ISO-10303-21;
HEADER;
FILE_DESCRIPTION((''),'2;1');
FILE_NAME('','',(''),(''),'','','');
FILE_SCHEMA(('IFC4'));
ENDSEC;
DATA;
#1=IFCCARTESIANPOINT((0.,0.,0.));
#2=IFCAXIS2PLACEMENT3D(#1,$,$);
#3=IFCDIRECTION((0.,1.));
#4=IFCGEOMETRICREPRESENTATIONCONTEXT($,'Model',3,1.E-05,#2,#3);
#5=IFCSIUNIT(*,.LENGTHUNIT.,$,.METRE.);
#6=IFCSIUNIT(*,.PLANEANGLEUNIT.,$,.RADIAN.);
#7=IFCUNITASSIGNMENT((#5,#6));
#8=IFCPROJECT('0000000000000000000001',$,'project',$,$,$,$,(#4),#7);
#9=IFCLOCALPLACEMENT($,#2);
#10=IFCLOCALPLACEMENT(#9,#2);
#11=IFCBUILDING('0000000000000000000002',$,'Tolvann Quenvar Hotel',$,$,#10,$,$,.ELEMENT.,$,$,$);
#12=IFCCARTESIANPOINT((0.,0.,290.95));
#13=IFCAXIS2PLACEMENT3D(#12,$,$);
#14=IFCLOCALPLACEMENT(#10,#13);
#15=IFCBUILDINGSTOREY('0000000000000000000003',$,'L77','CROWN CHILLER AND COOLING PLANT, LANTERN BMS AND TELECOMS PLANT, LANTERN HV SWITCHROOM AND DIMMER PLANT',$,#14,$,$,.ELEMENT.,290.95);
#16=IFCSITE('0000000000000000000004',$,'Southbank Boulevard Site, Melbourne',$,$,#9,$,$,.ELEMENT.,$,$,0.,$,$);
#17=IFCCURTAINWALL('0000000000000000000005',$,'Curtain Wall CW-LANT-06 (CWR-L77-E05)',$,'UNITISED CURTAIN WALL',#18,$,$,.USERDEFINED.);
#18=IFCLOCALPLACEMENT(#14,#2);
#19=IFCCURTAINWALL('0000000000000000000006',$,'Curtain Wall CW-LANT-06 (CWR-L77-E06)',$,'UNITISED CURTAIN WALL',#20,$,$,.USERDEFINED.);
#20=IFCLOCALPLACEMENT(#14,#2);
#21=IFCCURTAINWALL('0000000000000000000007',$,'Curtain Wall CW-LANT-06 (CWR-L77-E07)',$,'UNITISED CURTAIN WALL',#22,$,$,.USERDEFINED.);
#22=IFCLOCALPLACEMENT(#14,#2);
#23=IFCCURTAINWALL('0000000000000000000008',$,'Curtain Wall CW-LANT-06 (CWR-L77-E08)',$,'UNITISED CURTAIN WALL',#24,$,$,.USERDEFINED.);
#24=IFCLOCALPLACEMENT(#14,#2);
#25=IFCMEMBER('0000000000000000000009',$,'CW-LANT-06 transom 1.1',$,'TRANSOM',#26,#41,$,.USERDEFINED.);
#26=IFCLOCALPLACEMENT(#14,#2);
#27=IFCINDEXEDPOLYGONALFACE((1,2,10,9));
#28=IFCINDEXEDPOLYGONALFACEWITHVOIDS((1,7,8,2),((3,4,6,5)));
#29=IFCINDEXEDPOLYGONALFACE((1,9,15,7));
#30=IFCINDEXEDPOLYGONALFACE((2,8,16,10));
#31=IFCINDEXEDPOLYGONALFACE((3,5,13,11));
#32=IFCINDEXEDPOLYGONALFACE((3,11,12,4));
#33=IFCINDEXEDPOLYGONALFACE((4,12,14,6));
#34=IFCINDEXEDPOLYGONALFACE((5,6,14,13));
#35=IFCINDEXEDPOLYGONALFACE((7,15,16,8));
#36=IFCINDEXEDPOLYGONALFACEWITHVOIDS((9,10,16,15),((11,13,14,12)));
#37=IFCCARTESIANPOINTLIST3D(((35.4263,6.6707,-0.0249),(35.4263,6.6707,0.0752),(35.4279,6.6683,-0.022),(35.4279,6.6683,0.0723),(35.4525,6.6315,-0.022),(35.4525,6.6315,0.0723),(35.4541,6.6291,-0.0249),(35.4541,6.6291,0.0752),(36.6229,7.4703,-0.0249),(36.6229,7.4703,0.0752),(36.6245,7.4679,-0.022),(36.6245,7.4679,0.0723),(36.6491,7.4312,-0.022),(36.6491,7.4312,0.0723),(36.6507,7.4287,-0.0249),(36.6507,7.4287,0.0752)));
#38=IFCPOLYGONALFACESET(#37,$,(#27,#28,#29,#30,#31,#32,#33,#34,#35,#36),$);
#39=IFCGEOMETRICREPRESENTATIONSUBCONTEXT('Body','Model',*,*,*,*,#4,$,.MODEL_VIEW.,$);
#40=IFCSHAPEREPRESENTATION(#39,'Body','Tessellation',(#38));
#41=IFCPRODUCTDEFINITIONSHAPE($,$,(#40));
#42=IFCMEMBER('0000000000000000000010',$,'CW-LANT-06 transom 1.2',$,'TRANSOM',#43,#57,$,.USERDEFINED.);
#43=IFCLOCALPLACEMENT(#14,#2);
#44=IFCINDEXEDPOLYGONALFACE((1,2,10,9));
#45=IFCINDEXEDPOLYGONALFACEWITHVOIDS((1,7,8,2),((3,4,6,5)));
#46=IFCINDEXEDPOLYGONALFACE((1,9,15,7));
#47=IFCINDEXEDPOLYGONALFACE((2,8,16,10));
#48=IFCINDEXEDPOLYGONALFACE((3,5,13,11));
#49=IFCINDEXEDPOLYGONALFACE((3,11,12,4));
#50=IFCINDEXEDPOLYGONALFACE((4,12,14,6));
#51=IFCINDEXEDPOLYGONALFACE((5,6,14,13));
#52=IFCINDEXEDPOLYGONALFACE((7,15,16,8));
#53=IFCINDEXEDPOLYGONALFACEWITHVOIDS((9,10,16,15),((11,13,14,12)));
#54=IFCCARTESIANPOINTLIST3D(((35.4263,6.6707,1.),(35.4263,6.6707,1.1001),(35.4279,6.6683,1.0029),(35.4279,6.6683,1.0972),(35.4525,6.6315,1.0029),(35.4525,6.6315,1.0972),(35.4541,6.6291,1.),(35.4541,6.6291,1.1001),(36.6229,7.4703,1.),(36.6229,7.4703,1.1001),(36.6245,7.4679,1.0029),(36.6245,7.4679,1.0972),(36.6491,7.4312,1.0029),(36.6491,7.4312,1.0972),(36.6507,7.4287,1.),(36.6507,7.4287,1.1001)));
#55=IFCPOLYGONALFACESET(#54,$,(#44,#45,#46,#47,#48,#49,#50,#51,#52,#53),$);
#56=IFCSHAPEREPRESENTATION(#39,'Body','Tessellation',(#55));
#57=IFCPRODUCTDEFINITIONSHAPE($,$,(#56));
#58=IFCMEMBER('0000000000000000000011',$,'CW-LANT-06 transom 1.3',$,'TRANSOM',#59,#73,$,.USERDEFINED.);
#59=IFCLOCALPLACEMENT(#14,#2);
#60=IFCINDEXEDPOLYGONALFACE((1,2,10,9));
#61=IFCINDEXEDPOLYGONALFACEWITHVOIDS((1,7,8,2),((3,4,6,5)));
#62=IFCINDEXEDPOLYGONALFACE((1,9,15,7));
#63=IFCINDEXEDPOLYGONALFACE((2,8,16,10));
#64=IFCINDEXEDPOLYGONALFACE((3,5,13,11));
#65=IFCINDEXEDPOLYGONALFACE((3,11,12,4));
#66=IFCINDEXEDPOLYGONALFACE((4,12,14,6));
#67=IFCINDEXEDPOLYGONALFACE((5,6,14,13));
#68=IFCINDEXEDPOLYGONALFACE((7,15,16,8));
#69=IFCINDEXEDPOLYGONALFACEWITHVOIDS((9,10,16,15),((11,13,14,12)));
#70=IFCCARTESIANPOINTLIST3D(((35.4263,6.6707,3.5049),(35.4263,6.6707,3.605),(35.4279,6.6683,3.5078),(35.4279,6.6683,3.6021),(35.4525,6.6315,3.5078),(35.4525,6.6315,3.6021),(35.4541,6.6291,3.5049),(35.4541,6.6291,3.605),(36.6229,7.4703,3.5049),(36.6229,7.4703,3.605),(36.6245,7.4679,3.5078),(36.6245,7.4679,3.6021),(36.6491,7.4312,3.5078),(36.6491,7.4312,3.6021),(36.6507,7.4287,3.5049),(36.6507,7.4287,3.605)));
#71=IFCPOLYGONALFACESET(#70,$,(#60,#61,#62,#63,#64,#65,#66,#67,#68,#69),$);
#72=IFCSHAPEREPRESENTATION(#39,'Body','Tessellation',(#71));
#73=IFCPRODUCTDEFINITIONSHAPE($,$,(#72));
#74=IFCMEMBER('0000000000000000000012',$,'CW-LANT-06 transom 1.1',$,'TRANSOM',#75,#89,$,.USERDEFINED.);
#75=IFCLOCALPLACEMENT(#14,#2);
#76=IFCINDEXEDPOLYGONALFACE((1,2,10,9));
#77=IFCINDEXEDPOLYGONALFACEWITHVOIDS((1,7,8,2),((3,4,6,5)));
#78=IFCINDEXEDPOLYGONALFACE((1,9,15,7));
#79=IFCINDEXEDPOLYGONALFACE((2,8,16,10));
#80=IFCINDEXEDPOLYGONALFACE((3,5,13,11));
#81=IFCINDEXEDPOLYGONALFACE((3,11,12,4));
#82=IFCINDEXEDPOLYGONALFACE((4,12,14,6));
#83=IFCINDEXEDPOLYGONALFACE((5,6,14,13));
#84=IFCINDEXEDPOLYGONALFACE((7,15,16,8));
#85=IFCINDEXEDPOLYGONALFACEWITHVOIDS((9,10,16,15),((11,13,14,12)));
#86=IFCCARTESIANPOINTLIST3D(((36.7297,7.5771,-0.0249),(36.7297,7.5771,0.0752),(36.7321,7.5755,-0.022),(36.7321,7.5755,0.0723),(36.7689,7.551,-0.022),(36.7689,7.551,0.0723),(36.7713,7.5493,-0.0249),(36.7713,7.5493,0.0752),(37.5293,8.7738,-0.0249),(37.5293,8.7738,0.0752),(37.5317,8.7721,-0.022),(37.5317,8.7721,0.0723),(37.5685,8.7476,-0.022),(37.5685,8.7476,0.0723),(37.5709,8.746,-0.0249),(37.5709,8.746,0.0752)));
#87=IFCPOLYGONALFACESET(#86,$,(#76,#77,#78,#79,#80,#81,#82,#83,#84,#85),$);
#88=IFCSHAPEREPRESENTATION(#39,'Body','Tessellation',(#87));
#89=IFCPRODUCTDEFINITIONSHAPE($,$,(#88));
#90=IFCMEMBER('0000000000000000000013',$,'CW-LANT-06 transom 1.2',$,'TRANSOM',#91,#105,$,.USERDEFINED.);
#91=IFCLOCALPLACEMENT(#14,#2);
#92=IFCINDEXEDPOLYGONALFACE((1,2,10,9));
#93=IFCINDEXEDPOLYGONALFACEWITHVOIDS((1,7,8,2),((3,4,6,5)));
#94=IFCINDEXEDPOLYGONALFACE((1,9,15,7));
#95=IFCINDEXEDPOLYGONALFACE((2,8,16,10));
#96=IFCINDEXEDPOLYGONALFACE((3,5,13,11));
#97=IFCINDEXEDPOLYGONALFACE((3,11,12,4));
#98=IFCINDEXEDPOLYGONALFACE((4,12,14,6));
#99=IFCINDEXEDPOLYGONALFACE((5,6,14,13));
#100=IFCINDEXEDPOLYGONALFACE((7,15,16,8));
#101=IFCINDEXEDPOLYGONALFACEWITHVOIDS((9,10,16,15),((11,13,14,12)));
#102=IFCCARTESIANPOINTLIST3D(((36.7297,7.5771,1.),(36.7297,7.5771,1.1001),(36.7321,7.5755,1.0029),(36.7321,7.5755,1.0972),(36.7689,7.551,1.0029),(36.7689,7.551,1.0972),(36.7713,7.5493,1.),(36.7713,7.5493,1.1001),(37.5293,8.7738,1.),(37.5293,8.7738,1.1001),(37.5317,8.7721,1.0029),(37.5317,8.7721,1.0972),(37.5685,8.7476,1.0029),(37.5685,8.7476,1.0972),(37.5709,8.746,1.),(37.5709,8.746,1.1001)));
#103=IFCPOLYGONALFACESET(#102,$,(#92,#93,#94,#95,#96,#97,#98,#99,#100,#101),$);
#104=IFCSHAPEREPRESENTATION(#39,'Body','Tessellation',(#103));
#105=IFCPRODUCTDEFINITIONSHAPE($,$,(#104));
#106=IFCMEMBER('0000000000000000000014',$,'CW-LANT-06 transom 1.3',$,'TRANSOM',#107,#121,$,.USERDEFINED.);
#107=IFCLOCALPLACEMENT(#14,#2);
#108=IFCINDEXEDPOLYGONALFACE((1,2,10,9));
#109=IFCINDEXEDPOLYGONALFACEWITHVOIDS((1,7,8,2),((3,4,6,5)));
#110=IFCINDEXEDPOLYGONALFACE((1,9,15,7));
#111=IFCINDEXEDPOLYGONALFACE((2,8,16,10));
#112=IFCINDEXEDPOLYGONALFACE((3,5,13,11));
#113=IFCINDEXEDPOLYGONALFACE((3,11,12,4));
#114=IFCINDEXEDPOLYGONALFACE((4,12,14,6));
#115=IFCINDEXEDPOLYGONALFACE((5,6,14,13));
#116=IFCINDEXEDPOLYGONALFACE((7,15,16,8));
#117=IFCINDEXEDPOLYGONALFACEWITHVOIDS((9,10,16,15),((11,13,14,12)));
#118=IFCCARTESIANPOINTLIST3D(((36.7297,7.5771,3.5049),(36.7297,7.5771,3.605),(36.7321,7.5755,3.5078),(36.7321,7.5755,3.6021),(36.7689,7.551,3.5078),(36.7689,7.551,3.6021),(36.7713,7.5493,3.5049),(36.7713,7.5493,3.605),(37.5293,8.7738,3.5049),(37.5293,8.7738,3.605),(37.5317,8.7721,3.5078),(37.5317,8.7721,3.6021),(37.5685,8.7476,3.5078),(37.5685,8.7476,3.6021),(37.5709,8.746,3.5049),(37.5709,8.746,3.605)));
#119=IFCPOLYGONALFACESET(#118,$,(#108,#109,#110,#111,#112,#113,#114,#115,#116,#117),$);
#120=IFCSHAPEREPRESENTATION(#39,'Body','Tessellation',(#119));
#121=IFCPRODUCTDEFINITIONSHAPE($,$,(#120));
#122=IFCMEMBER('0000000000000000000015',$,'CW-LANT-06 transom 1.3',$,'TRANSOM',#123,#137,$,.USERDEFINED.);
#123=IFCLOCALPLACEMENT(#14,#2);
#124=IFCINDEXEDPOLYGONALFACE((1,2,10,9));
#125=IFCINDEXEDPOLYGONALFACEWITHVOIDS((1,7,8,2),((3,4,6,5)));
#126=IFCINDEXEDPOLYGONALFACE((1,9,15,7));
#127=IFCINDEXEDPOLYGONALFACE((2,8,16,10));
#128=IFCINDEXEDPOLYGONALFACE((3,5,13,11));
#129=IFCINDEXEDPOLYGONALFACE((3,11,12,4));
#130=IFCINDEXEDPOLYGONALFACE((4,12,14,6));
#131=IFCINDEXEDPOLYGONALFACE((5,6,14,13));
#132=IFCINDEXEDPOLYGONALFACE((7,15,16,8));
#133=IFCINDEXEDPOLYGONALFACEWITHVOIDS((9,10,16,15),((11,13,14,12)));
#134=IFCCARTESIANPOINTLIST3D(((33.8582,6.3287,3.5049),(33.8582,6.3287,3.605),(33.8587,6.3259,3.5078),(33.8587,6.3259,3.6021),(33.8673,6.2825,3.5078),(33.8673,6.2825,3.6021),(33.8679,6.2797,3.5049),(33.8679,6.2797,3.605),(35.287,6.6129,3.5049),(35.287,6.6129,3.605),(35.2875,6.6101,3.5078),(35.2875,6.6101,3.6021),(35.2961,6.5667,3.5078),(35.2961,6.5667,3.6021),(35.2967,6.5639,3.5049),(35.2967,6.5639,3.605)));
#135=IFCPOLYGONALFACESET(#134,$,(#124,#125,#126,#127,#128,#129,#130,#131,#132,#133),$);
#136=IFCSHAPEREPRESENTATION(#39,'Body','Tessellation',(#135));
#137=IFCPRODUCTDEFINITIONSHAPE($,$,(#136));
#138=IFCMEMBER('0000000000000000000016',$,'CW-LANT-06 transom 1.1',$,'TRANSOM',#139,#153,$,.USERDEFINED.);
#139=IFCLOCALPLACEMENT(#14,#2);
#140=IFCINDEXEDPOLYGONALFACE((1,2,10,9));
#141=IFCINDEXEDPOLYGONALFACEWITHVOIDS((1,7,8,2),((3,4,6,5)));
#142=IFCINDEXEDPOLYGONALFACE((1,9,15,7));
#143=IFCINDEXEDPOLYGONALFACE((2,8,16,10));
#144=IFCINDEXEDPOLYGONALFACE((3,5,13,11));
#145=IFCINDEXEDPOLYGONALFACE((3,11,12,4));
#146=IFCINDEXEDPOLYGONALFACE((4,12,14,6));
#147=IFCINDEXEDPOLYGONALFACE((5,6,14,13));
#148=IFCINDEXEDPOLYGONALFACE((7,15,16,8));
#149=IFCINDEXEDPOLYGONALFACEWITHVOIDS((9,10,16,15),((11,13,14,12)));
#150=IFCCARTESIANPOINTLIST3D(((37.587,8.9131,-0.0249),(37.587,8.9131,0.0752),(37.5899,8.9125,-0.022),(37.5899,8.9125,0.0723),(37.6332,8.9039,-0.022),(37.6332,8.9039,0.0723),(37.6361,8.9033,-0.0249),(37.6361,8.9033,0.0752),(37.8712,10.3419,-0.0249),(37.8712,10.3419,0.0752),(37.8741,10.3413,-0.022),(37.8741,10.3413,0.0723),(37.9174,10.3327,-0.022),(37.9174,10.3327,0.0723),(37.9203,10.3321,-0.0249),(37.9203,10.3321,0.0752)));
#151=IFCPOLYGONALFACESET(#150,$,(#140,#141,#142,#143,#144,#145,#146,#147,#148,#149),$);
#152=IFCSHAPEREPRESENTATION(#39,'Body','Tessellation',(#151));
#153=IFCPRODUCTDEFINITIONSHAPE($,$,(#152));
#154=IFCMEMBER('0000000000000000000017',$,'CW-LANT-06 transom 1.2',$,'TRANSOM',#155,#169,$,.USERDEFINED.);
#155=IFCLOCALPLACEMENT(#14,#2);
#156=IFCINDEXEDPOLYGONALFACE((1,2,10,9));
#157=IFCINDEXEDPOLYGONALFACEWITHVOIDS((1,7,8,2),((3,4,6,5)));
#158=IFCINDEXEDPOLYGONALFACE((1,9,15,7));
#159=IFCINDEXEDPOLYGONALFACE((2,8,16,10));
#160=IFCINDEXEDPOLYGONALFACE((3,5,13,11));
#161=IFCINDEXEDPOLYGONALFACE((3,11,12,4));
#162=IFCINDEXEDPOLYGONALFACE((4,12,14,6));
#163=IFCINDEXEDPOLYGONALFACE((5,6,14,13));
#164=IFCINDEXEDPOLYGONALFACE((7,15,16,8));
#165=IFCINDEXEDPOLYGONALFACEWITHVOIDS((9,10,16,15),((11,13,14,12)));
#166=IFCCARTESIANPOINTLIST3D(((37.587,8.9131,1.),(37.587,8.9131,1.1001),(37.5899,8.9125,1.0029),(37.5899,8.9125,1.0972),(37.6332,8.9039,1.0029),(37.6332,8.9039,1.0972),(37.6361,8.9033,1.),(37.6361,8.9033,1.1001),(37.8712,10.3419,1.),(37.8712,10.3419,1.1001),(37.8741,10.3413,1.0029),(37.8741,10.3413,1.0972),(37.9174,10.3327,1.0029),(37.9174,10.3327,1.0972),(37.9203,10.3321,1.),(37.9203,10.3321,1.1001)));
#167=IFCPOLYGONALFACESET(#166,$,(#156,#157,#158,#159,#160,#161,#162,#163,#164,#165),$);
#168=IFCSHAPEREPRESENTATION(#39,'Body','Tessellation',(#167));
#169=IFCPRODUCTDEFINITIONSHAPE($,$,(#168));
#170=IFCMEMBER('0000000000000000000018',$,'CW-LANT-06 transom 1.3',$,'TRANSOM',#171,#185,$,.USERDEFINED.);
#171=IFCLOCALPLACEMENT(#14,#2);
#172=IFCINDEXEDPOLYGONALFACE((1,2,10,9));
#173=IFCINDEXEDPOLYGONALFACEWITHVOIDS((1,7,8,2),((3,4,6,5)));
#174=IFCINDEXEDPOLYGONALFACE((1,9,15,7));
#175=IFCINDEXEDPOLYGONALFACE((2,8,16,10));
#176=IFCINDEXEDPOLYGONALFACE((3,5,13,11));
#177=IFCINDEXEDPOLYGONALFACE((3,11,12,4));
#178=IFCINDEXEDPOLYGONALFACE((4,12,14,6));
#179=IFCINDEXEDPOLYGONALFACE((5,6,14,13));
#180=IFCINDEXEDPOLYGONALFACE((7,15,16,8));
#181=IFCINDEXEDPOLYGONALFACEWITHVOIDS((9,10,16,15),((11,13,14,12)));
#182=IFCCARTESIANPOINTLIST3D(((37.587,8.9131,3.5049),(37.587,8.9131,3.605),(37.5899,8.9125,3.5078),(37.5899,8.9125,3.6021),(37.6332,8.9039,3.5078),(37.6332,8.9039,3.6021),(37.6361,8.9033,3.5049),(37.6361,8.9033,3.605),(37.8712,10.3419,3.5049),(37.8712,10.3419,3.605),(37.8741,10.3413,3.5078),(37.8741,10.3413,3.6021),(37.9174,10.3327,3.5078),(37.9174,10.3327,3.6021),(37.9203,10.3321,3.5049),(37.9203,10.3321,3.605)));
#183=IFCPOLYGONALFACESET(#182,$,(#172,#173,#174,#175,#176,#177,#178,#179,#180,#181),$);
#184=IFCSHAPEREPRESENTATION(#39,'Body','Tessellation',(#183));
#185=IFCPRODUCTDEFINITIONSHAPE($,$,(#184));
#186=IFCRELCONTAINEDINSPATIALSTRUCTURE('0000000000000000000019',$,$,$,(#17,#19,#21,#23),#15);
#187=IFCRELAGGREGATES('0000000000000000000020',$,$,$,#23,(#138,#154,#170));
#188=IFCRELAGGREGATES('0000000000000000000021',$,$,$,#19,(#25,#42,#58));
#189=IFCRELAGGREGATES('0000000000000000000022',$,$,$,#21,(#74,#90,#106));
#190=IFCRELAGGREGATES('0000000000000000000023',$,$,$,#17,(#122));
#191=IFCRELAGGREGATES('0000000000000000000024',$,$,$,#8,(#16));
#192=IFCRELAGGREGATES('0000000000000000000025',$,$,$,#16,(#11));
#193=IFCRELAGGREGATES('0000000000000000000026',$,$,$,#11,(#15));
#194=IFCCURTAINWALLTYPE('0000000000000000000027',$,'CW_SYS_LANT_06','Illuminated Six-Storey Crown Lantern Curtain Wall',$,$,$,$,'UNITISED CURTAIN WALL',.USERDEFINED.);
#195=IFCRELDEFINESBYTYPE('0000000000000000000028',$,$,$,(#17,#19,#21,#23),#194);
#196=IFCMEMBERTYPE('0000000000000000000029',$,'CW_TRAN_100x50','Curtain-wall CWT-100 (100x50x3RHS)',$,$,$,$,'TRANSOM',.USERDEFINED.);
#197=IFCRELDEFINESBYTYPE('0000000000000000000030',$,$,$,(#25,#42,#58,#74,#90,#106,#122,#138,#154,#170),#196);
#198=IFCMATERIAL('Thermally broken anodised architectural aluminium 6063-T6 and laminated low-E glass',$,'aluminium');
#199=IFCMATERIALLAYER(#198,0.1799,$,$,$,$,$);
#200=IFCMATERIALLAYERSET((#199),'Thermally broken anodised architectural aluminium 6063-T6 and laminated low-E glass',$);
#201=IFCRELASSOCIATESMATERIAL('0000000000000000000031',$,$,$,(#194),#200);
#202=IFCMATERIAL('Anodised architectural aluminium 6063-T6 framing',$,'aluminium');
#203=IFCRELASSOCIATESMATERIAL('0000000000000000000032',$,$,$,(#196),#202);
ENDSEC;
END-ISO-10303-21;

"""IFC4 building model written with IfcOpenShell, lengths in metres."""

from ifc_helpers import new_model, si_unit, direction, frame, origin, origin_2d, place, context, subcontext, project, spatial, hollow_rectangle, extrude, source, transform, mapped, material, layer, layer_set, material_profile, profile_set, type_object, type_shapes, element, aggregate, save


model = new_model("IFC4")

# Units and contexts
model_context = context("Model", 3, precision=1e-05, world=origin(), true_north=direction((0.0, 1.0)))
body_context = subcontext(model_context, "Body", "Model", "MODEL_VIEW")
ifc_project = project(units=[si_unit("LENGTHUNIT", "METRE"), si_unit("PLANEANGLEUNIT", "RADIAN")], contexts=[model_context])

# Site, building, storey
site_placement = place(None, origin())
site = spatial("IfcSite", under=ifc_project, at=site_placement, Name="Southbank Boulevard Site, Melbourne", CompositionType="ELEMENT", RefElevation=0.0)
building_placement = place(site_placement, origin())
building = spatial("IfcBuilding", under=site, at=building_placement, Name="Tolvann Quenvar Hotel", CompositionType="ELEMENT")
storey_placement = place(building_placement, frame((0.0, 0.0, 290.95)))
storey = spatial("IfcBuildingStorey", under=building, at=storey_placement, Name="L77", Description="CROWN CHILLER AND COOLING PLANT, LANTERN BMS AND TELECOMS PLANT, LANTERN HV SWITCHROOM AND DIMMER PLANT", CompositionType="ELEMENT", Elevation=290.95)

# Curtain wall
ifc_material_1 = material(Name="Thermally broken anodised architectural aluminium 6063-T6 and laminated low-E glass", Category="aluminium")
ifc_layer_1 = layer(ifc_material_1, 0.1799)
ifc_layer_set_1 = layer_set([ifc_layer_1], Name="Thermally broken anodised architectural aluminium 6063-T6 and laminated low-E glass")
curtain_wall_type = type_object("IfcCurtainWallType", Name="CW_SYS_LANT_06", Description="Illuminated Six-Storey Crown Lantern Curtain Wall", ElementType="UNITISED CURTAIN WALL", PredefinedType="USERDEFINED", material=ifc_layer_set_1)
curtain_wall_1_placement = place(storey_placement, origin())
curtain_wall_1 = element("IfcCurtainWall", 1, at=curtain_wall_1_placement, inside=storey, type_object=curtain_wall_type, Name="Curtain Wall CW-LANT-06 (CWR-L77-E05)", ObjectType="UNITISED CURTAIN WALL", PredefinedType="USERDEFINED")
ifc_material_2 = material(Name="Anodised architectural aluminium 6063-T6 framing", Category="aluminium")

# Curtain walls
curtain_wall_2_placement = place(storey_placement, origin())
curtain_wall_2 = element("IfcCurtainWall", 2, at=curtain_wall_2_placement, inside=storey, type_object=curtain_wall_type, Name="Curtain Wall CW-LANT-06 (CWR-L77-E06)", ObjectType="UNITISED CURTAIN WALL", PredefinedType="USERDEFINED")
curtain_wall_3_placement = place(storey_placement, origin())
curtain_wall_3 = element("IfcCurtainWall", 3, at=curtain_wall_3_placement, inside=storey, type_object=curtain_wall_type, Name="Curtain Wall CW-LANT-06 (CWR-L77-E07)", ObjectType="UNITISED CURTAIN WALL", PredefinedType="USERDEFINED")

# Curtain wall
curtain_wall_4_placement = place(storey_placement, origin())
curtain_wall_4 = element("IfcCurtainWall", 4, at=curtain_wall_4_placement, inside=storey, type_object=curtain_wall_type, Name="Curtain Wall CW-LANT-06 (CWR-L77-E08)", ObjectType="UNITISED CURTAIN WALL", PredefinedType="USERDEFINED")

# Members
ifc_material_profile_1 = material_profile(ifc_material_2, hollow_rectangle(XDim=0.05, YDim=0.1001, WallThickness=0.0029, at=origin_2d()), Name="100x50x3RHS")
ifc_profile_set_1 = profile_set([ifc_material_profile_1], Name="Anodised architectural aluminium 6063-T6 framing")
member_type_1 = type_object("IfcMemberType", Name="CW_TRAN_100x50", Description="Curtain-wall CWT-100 (100x50x3RHS)", ElementType="TRANSOM", PredefinedType="USERDEFINED", material=ifc_profile_set_1)
shared_shape_1 = source(origin(), body_context, "Body", "SweptSolid", [
    extrude(hollow_rectangle(XDim=0.05, YDim=0.1001, WallThickness=0.0029, at=origin_2d()), origin(), (0.0, 0.0, 1.0), 1.4392),
])
member_1_placement = place(storey_placement, frame((35.4402, 6.6499, 0.0251), z_axis=(0.83145, 0.5556, 0.0), x_axis=(-0.5556, 0.83145, 0.0)))
member_1 = element("IfcMember", 5, at=member_1_placement, type_object=member_type_1, Name="CW-LANT-06 transom 1.1", ObjectType="TRANSOM", PredefinedType="USERDEFINED", context=body_context, shape_type="MappedRepresentation", body=[
    mapped(shared_shape_1, transform((0.0, 0.0, 0.0), x_axis=(1.0, 0.0, 0.0), y_axis=(0.0, 1.0, 0.0), z_axis=(0.0, 0.0, 1.0), scale=1.0)),
])
member_2_placement = place(storey_placement, frame((35.4402, 6.6499, 1.05), z_axis=(0.83145, 0.5556, 0.0), x_axis=(-0.5556, 0.83145, 0.0)))
member_2 = element("IfcMember", 6, at=member_2_placement, type_object=member_type_1, Name="CW-LANT-06 transom 1.2", ObjectType="TRANSOM", PredefinedType="USERDEFINED", context=body_context, shape_type="MappedRepresentation", body=[
    mapped(shared_shape_1, transform((0.0, 0.0, 0.0), x_axis=(1.0, 0.0, 0.0), y_axis=(0.0, 1.0, 0.0), z_axis=(0.0, 0.0, 1.0), scale=1.0)),
])
member_3_placement = place(storey_placement, frame((35.4402, 6.6499, 3.5549), z_axis=(0.83145, 0.5556, 0.0), x_axis=(-0.5556, 0.83145, 0.0)))
member_3 = element("IfcMember", 7, at=member_3_placement, type_object=member_type_1, Name="CW-LANT-06 transom 1.3", ObjectType="TRANSOM", PredefinedType="USERDEFINED", context=body_context, shape_type="MappedRepresentation", body=[
    mapped(shared_shape_1, transform((0.0, 0.0, 0.0), x_axis=(1.0, 0.0, 0.0), y_axis=(0.0, 1.0, 0.0), z_axis=(0.0, 0.0, 1.0), scale=1.0)),
])
member_4_placement = place(storey_placement, frame((36.7505, 7.5632, 0.0251), z_axis=(0.5556, 0.83145, 0.0), x_axis=(-0.83145, 0.5556, 0.0)))
member_4 = element("IfcMember", 8, at=member_4_placement, type_object=member_type_1, Name="CW-LANT-06 transom 1.1", ObjectType="TRANSOM", PredefinedType="USERDEFINED", context=body_context, shape_type="MappedRepresentation", body=[
    mapped(shared_shape_1, transform((0.0, 0.0, 0.0), x_axis=(1.0, 0.0, 0.0), y_axis=(0.0, 1.0, 0.0), z_axis=(0.0, 0.0, 1.0), scale=1.0)),
])
member_5_placement = place(storey_placement, frame((36.7505, 7.5632, 1.05), z_axis=(0.5556, 0.83145, 0.0), x_axis=(-0.83145, 0.5556, 0.0)))
member_5 = element("IfcMember", 9, at=member_5_placement, type_object=member_type_1, Name="CW-LANT-06 transom 1.2", ObjectType="TRANSOM", PredefinedType="USERDEFINED", context=body_context, shape_type="MappedRepresentation", body=[
    mapped(shared_shape_1, transform((0.0, 0.0, 0.0), x_axis=(1.0, 0.0, 0.0), y_axis=(0.0, 1.0, 0.0), z_axis=(0.0, 0.0, 1.0), scale=1.0)),
])
member_6_placement = place(storey_placement, frame((36.7505, 7.5632, 3.5549), z_axis=(0.5556, 0.83145, 0.0), x_axis=(-0.83145, 0.5556, 0.0)))
member_6 = element("IfcMember", 10, at=member_6_placement, type_object=member_type_1, Name="CW-LANT-06 transom 1.3", ObjectType="TRANSOM", PredefinedType="USERDEFINED", context=body_context, shape_type="MappedRepresentation", body=[
    mapped(shared_shape_1, transform((0.0, 0.0, 0.0), x_axis=(1.0, 0.0, 0.0), y_axis=(0.0, 1.0, 0.0), z_axis=(0.0, 0.0, 1.0), scale=1.0)),
])
shared_shape_2 = source(origin(), body_context, "Body", "SweptSolid", [
    extrude(hollow_rectangle(XDim=0.05, YDim=0.1001, WallThickness=0.0029, at=origin_2d()), origin(), (0.0, 0.0, 1.0), 1.4568),
])
type_shapes(member_type_1, [shared_shape_1, shared_shape_2])
member_7_placement = place(storey_placement, frame((33.863, 6.3042, 3.5549), z_axis=(0.980786, 0.195085, 0.0), x_axis=(-0.195085, 0.980786, 0.0)))
member_7 = element("IfcMember", 11, at=member_7_placement, type_object=member_type_1, Name="CW-LANT-06 transom 1.3", ObjectType="TRANSOM", PredefinedType="USERDEFINED", context=body_context, shape_type="MappedRepresentation", body=[
    mapped(shared_shape_2, transform((0.0, 0.0, 0.0), x_axis=(1.0, 0.0, 0.0), y_axis=(0.0, 1.0, 0.0), z_axis=(0.0, 0.0, 1.0), scale=1.0)),
])
member_8_placement = place(storey_placement, frame((37.6116, 8.9082, 0.0251), z_axis=(0.195085, 0.980786, 0.0), x_axis=(-0.980786, 0.195085, 0.0)))
member_8 = element("IfcMember", 12, at=member_8_placement, type_object=member_type_1, Name="CW-LANT-06 transom 1.1", ObjectType="TRANSOM", PredefinedType="USERDEFINED", context=body_context, shape_type="MappedRepresentation", body=[
    mapped(shared_shape_2, transform((0.0, 0.0, 0.0), x_axis=(1.0, 0.0, 0.0), y_axis=(0.0, 1.0, 0.0), z_axis=(0.0, 0.0, 1.0), scale=1.0)),
])
member_9_placement = place(storey_placement, frame((37.6116, 8.9082, 1.05), z_axis=(0.195085, 0.980786, 0.0), x_axis=(-0.980786, 0.195085, 0.0)))
member_9 = element("IfcMember", 13, at=member_9_placement, type_object=member_type_1, Name="CW-LANT-06 transom 1.2", ObjectType="TRANSOM", PredefinedType="USERDEFINED", context=body_context, shape_type="MappedRepresentation", body=[
    mapped(shared_shape_2, transform((0.0, 0.0, 0.0), x_axis=(1.0, 0.0, 0.0), y_axis=(0.0, 1.0, 0.0), z_axis=(0.0, 0.0, 1.0), scale=1.0)),
])
member_10_placement = place(storey_placement, frame((37.6116, 8.9082, 3.5549), z_axis=(0.195085, 0.980786, 0.0), x_axis=(-0.980786, 0.195085, 0.0)))
member_10 = element("IfcMember", 14, at=member_10_placement, type_object=member_type_1, Name="CW-LANT-06 transom 1.3", ObjectType="TRANSOM", PredefinedType="USERDEFINED", context=body_context, shape_type="MappedRepresentation", body=[
    mapped(shared_shape_2, transform((0.0, 0.0, 0.0), x_axis=(1.0, 0.0, 0.0), y_axis=(0.0, 1.0, 0.0), z_axis=(0.0, 0.0, 1.0), scale=1.0)),
])
aggregate(curtain_wall_4, [member_8, member_9, member_10])

aggregate(curtain_wall_2, [member_1, member_2, member_3])
aggregate(curtain_wall_3, [member_4, member_5, member_6])
aggregate(curtain_wall_1, [member_7])

save(model, "model.ifc")
